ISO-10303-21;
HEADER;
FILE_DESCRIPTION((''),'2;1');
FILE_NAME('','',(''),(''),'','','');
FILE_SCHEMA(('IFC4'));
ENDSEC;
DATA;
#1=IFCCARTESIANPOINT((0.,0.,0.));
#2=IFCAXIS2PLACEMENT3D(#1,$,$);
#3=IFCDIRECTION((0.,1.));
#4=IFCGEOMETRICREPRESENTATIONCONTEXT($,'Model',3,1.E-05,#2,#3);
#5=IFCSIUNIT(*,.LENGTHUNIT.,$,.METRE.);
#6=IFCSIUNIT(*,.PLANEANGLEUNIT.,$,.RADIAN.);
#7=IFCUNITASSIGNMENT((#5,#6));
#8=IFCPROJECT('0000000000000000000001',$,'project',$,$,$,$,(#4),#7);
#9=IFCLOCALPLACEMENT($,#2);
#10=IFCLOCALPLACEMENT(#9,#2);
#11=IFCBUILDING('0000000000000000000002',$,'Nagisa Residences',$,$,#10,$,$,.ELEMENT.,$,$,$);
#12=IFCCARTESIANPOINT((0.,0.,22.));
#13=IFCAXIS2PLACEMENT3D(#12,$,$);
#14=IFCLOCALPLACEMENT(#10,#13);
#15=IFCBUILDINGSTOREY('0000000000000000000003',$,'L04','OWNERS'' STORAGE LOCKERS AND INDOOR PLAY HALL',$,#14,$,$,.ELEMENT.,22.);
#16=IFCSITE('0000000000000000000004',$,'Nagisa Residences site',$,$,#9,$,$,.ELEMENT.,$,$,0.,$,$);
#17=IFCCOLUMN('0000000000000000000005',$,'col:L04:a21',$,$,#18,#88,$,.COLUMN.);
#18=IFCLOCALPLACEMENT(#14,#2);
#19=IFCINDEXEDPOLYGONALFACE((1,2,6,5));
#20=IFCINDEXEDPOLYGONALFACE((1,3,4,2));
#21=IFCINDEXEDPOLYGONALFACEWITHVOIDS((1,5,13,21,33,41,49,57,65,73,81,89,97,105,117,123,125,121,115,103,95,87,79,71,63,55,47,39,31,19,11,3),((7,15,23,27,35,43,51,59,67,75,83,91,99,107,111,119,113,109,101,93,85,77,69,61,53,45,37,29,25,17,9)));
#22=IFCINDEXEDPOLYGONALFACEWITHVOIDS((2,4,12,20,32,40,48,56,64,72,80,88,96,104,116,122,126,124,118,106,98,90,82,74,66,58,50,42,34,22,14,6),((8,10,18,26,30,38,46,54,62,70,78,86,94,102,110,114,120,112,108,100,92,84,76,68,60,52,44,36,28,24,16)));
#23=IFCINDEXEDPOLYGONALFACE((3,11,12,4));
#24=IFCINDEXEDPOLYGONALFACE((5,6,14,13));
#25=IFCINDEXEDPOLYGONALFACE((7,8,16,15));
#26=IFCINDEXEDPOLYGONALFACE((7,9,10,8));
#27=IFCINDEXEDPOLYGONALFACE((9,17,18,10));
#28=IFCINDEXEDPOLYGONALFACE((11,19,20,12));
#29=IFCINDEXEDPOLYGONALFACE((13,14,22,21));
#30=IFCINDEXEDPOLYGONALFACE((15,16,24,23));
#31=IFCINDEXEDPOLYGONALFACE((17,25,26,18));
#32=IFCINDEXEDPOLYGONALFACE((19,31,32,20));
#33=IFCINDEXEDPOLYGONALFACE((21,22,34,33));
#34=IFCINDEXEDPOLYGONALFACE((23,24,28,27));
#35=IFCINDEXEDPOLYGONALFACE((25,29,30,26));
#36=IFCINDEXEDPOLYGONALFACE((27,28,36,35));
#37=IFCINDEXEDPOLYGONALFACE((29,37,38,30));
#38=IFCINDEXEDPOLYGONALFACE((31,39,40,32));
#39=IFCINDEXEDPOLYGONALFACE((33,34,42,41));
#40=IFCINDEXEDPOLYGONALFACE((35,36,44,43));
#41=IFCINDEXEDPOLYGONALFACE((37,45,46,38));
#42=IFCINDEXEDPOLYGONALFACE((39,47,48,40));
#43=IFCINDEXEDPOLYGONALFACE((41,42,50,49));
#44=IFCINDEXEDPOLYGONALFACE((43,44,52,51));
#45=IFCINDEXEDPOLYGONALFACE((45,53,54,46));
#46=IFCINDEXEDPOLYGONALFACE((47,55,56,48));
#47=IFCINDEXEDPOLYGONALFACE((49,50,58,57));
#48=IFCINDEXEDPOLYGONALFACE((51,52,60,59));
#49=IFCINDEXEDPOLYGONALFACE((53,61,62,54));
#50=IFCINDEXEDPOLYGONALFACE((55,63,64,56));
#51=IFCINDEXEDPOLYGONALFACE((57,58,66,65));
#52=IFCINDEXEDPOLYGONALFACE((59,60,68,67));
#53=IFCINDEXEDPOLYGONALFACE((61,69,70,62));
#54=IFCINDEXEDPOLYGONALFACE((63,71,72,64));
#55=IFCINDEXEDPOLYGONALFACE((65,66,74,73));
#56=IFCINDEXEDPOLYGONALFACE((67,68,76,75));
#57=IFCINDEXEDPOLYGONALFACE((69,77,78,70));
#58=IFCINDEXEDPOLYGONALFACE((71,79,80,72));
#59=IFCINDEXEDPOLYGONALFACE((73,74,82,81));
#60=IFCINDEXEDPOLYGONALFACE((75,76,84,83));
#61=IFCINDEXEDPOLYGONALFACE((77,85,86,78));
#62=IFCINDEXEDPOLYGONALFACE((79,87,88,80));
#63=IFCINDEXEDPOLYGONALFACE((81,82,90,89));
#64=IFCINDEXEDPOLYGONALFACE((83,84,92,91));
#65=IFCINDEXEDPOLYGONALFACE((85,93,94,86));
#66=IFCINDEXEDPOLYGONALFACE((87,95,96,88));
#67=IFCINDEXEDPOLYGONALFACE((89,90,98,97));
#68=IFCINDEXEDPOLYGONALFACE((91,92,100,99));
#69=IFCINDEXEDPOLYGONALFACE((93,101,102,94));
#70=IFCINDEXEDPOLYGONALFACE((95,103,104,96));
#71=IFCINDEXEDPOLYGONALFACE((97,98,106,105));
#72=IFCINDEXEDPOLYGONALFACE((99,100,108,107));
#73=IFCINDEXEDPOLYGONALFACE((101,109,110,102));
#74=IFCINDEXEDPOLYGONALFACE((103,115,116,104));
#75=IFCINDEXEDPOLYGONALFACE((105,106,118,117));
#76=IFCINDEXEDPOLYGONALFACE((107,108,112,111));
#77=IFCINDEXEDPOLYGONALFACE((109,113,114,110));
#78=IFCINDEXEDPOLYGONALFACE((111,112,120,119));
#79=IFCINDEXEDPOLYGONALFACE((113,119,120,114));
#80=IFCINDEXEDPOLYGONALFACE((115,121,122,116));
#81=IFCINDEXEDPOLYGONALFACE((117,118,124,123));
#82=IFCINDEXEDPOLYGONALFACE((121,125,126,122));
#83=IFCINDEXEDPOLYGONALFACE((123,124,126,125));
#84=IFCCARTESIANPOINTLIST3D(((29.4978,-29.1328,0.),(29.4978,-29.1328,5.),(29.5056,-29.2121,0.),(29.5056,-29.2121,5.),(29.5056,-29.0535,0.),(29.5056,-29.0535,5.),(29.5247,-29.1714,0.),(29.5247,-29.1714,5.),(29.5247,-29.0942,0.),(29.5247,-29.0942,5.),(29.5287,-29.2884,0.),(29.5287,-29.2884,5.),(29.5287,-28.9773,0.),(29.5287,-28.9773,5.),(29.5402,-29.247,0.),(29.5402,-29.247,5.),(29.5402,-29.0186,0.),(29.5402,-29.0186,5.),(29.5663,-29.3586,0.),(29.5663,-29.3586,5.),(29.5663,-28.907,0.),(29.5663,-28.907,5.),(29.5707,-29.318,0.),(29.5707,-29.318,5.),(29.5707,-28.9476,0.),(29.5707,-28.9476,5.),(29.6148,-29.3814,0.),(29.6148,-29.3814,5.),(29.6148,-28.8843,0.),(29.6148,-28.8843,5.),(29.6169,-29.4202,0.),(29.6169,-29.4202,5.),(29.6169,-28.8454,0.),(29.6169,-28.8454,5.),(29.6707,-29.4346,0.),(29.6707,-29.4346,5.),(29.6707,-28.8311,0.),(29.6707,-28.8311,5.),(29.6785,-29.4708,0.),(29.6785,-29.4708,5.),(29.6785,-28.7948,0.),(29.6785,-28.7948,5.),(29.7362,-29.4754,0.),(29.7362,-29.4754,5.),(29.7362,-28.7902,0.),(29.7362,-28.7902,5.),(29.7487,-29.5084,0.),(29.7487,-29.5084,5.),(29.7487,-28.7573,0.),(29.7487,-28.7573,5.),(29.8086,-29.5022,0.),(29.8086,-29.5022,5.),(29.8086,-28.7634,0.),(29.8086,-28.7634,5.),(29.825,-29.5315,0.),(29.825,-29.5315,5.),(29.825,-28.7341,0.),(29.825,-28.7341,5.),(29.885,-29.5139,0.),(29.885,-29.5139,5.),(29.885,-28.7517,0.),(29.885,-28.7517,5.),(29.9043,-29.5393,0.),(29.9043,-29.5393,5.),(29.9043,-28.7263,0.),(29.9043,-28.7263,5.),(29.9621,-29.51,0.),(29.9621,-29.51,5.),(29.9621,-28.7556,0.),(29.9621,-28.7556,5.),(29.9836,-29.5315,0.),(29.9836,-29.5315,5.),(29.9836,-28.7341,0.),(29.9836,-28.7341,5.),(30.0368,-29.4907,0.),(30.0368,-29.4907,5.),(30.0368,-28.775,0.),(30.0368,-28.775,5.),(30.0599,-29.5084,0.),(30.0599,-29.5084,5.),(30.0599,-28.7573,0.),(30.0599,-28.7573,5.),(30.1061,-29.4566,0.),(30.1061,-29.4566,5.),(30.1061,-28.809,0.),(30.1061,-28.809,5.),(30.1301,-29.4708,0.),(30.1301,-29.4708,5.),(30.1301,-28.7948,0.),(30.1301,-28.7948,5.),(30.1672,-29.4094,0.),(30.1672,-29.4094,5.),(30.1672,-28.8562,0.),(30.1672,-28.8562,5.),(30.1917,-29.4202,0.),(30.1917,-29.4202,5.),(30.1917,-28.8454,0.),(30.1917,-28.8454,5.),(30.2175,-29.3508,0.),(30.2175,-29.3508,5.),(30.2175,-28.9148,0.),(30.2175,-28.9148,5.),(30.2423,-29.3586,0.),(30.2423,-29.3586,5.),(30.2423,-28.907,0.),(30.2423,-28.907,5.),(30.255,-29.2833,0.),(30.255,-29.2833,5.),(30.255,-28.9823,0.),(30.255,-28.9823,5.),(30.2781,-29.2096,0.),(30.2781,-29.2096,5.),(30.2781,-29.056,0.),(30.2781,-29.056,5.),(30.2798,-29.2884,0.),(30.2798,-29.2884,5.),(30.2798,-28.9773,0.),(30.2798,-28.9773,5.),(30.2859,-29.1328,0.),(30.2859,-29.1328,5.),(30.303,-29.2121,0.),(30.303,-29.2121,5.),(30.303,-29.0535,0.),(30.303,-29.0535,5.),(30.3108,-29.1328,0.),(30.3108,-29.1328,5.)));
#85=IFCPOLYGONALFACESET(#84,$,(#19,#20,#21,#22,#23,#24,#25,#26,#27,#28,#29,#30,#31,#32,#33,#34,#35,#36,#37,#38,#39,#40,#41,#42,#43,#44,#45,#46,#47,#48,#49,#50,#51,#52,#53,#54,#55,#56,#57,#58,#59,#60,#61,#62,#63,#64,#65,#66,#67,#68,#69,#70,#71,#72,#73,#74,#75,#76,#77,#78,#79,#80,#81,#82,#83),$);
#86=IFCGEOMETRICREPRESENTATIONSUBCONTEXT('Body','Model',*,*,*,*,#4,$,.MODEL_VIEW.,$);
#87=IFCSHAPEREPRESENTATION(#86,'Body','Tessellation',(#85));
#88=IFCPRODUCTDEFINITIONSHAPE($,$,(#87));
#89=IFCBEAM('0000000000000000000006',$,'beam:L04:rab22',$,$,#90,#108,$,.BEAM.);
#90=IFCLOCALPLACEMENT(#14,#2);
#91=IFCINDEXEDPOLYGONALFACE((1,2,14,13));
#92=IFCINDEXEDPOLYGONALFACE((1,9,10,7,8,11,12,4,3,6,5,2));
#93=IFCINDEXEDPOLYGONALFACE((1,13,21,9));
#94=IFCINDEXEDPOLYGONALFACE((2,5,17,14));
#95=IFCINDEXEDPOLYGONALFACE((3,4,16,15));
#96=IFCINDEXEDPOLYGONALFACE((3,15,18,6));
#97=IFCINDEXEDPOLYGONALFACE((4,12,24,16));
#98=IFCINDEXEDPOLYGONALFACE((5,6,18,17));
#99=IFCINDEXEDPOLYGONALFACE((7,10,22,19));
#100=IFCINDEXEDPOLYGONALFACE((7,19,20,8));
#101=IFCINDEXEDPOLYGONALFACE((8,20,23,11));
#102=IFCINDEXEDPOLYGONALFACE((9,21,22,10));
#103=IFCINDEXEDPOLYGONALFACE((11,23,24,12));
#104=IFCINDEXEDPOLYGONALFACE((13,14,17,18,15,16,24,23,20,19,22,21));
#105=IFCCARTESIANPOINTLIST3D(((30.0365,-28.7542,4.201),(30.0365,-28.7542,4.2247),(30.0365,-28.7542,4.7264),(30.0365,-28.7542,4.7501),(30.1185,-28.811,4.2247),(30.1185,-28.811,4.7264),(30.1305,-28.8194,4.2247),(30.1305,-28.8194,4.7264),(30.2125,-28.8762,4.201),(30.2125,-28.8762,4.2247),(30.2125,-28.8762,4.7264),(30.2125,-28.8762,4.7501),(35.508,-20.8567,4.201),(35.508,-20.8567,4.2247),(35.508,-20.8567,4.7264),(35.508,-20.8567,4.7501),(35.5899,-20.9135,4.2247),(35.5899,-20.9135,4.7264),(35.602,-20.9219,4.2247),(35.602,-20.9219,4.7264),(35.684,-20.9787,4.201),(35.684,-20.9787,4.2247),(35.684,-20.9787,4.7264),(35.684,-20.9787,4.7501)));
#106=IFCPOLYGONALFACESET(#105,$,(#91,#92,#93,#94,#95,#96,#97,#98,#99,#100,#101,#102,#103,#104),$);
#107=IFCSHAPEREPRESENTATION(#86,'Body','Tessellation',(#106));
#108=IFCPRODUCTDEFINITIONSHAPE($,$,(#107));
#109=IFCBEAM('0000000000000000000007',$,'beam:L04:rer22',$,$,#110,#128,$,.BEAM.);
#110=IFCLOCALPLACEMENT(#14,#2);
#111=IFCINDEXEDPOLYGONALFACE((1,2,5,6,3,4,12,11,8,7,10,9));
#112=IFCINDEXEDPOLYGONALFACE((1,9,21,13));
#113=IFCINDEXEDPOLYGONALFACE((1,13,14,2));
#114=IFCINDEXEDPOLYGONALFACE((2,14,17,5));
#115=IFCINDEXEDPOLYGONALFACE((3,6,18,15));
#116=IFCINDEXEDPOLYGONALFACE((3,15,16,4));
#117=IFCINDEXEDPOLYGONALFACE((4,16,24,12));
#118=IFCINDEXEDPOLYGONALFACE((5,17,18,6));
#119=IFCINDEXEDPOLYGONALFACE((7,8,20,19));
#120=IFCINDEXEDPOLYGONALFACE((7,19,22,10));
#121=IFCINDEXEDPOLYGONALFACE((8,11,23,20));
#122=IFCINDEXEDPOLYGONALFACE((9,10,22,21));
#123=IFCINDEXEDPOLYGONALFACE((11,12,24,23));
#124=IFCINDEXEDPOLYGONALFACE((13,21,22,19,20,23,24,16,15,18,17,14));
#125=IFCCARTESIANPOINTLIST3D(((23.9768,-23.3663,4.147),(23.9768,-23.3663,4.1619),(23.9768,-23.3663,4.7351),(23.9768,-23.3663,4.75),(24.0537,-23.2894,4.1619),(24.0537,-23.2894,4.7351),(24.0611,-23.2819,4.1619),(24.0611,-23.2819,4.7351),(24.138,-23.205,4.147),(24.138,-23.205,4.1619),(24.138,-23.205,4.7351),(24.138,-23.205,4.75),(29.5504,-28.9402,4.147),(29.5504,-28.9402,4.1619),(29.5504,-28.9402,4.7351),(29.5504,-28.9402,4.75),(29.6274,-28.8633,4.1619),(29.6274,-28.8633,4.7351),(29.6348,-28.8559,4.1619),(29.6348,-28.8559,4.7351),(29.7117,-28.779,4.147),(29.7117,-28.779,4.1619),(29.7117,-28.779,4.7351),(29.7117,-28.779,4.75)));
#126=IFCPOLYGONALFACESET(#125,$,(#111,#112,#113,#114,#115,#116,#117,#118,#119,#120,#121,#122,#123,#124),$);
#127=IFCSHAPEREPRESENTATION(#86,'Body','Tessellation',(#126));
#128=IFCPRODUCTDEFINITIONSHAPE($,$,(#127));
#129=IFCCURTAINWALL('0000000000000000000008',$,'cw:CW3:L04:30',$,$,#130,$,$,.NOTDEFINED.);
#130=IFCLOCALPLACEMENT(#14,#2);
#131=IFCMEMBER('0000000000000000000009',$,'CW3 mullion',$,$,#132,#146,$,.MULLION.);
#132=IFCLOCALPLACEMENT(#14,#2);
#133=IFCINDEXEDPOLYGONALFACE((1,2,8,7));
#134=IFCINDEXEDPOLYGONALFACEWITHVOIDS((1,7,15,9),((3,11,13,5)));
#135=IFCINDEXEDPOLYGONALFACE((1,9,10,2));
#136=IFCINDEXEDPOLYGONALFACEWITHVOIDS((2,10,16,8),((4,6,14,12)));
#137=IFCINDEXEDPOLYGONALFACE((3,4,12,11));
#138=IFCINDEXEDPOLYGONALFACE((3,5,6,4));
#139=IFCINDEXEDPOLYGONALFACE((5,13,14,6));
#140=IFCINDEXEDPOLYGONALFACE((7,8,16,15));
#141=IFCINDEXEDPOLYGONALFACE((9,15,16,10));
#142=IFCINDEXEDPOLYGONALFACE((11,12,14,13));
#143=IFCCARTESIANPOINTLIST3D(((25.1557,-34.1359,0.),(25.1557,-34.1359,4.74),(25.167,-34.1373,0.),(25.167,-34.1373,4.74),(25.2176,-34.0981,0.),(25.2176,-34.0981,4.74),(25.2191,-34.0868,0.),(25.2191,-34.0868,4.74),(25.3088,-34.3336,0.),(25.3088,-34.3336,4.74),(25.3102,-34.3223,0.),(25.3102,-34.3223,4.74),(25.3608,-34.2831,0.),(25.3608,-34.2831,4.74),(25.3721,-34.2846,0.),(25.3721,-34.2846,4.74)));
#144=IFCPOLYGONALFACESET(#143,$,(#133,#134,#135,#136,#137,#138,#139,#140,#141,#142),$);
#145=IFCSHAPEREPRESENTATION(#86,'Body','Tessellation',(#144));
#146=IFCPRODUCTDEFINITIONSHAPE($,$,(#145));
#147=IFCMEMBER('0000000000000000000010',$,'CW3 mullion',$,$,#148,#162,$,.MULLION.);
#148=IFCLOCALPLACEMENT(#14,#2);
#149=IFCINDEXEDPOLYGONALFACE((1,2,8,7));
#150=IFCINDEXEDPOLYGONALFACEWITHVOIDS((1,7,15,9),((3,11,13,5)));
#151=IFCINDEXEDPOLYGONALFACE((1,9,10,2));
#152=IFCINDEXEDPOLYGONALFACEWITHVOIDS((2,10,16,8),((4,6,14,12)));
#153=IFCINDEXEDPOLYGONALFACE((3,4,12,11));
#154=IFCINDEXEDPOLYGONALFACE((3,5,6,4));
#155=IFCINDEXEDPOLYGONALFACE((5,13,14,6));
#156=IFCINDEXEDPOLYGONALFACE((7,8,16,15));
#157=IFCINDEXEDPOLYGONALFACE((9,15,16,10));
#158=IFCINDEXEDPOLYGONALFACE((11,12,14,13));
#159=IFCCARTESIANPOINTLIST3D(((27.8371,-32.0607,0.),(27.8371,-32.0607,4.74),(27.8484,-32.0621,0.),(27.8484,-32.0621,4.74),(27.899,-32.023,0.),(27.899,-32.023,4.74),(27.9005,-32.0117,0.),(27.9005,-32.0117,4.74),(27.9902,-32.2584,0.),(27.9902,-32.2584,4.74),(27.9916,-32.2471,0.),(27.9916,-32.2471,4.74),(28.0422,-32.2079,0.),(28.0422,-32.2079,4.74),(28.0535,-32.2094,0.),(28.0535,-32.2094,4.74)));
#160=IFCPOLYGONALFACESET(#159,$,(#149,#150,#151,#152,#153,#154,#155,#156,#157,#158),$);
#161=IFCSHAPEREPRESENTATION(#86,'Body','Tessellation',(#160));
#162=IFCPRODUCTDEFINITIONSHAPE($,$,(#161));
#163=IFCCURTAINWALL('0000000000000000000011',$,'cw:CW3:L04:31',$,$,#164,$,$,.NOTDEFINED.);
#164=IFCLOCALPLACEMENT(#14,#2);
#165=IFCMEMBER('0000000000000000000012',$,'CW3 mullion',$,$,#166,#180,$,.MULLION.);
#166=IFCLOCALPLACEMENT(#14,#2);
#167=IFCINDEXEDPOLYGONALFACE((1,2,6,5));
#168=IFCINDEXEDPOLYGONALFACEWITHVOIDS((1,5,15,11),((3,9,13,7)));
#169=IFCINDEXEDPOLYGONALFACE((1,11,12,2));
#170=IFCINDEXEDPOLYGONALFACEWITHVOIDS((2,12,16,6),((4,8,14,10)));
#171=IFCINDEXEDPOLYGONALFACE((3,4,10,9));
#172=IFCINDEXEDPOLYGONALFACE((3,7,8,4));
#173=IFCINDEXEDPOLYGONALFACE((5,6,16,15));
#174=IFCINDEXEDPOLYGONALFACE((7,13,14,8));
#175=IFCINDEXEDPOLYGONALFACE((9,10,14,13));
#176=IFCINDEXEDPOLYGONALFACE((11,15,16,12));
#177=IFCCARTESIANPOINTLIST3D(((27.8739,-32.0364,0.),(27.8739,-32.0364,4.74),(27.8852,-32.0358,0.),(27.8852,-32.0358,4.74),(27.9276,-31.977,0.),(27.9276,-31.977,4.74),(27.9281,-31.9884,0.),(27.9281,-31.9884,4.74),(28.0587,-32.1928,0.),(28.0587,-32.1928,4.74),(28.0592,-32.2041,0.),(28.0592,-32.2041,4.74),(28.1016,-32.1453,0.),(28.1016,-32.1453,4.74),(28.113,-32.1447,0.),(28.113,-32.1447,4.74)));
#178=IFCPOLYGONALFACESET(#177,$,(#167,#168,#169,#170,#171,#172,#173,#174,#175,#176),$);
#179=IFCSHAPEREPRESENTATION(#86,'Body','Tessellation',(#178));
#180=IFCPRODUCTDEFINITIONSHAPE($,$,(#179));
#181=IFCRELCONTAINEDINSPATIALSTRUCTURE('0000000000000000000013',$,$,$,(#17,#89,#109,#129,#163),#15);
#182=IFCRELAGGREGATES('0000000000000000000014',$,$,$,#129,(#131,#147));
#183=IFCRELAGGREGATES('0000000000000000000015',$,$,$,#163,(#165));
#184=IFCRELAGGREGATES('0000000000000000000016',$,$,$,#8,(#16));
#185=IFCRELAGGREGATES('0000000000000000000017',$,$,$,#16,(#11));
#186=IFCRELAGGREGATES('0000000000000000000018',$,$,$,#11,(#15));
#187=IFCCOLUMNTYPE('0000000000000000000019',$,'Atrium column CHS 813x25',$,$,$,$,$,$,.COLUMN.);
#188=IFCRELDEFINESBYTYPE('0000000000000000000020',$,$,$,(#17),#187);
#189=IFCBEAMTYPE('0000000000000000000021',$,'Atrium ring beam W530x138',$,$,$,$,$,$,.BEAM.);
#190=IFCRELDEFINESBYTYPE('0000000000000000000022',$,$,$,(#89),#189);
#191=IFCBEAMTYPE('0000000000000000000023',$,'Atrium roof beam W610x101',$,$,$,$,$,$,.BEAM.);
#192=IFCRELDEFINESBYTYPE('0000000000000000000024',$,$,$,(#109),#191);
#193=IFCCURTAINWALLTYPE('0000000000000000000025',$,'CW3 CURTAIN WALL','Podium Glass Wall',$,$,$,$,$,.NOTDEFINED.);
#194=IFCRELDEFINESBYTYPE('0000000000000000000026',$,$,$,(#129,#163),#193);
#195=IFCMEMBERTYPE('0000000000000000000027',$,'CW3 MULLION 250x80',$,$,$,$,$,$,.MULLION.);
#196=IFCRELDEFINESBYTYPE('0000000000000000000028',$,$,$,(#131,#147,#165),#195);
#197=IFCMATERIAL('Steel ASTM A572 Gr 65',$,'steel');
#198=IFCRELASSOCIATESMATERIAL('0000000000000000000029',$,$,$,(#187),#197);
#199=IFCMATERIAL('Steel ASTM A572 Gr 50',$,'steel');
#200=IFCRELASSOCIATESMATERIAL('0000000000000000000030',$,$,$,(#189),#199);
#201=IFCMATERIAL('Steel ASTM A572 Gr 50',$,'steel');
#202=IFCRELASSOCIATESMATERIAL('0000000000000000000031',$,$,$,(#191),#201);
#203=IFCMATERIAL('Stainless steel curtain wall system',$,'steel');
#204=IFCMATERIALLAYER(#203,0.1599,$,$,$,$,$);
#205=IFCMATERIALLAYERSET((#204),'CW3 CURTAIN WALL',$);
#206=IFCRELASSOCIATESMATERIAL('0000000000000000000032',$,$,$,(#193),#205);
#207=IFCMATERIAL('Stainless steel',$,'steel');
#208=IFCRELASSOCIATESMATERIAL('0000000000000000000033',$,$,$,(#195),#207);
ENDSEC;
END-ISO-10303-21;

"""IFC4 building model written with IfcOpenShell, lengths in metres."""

from ifc_helpers import new_model, si_unit, direction, frame, origin, origin_2d, place, context, subcontext, project, spatial, hollow_rectangle, hollow_circle, i_section, extrude, material, layer, layer_set, material_profile, profile_set, type_object, element, aggregate, save


model = new_model("IFC4")

# Units and contexts
model_context = context("Model", 3, precision=1e-05, world=origin(), true_north=direction((0.0, 1.0)))
body_context = subcontext(model_context, "Body", "Model", "MODEL_VIEW")
ifc_project = project(units=[si_unit("LENGTHUNIT", "METRE"), si_unit("PLANEANGLEUNIT", "RADIAN")], contexts=[model_context])

# Site, building, storey
site_placement = place(None, origin())
site = spatial("IfcSite", under=ifc_project, at=site_placement, Name="Nagisa Residences site", CompositionType="ELEMENT", RefElevation=0.0)
building_placement = place(site_placement, origin())
building = spatial("IfcBuilding", under=site, at=building_placement, Name="Nagisa Residences", CompositionType="ELEMENT")
storey_placement = place(building_placement, frame((0.0, 0.0, 22.0)))
storey = spatial("IfcBuildingStorey", under=building, at=storey_placement, Name="L04", Description="OWNERS' STORAGE LOCKERS AND INDOOR PLAY HALL", CompositionType="ELEMENT", Elevation=22.0)

# Column
ifc_material_1 = material(Name="Steel ASTM A572 Gr 65", Category="steel")
ifc_material_profile_1 = material_profile(ifc_material_1, hollow_circle(Radius=0.4065, WallThickness=0.0249, at=origin_2d()), Name="CHS 813x25")
ifc_profile_set_1 = profile_set([ifc_material_profile_1], Name="Steel ASTM A572 Gr 65")
column_type = type_object("IfcColumnType", Name="Atrium column CHS 813x25", PredefinedType="COLUMN", material=ifc_profile_set_1)
column_placement = place(storey_placement, frame((29.9043, -29.1328, 0.0), z_axis=(0.0, 0.0, 1.0), x_axis=(1.0, 0.0, 0.0)))
element("IfcColumn", 1, at=column_placement, inside=storey, type_object=column_type, Name="col:L04:a21", PredefinedType="COLUMN", context=body_context, shape_type="SweptSolid", body=[
    extrude(hollow_circle(Radius=0.4065, WallThickness=0.0249, at=origin_2d()), origin(), (0.0, 0.0, 1.0), 5.0),
])

# Beams
ifc_material_2 = material(Name="Steel ASTM A572 Gr 50", Category="steel")
ifc_material_profile_2 = material_profile(ifc_material_2, i_section(OverallWidth=0.2141, OverallDepth=0.5491, WebThickness=0.0146, FlangeThickness=0.0237, at=origin_2d()), Name="W530x138")
ifc_profile_set_2 = profile_set([ifc_material_profile_2], Name="Steel ASTM A572 Gr 50")
beam_type_1 = type_object("IfcBeamType", Name="Atrium ring beam W530x138", PredefinedType="BEAM", material=ifc_profile_set_2)
beam_1_placement = place(storey_placement, frame((30.1245, -28.8152, 4.4756), z_axis=(0.569489, 0.821999, 0.0), x_axis=(-0.821999, 0.569489, 0.0)))
element("IfcBeam", 2, at=beam_1_placement, inside=storey, type_object=beam_type_1, Name="beam:L04:rab22", PredefinedType="BEAM", context=body_context, shape_type="SweptSolid", body=[
    extrude(i_section(OverallWidth=0.2141, OverallDepth=0.5491, WebThickness=0.0146, FlangeThickness=0.0237, at=origin_2d()), origin(), (0.0, 0.0, 1.0), 9.6077),
])
ifc_material_3 = material(Name="Steel ASTM A572 Gr 50", Category="steel")
ifc_material_profile_3 = material_profile(ifc_material_3, i_section(OverallWidth=0.228, OverallDepth=0.603, WebThickness=0.0105, FlangeThickness=0.0149, at=origin_2d()), Name="W610x101")
ifc_profile_set_3 = profile_set([ifc_material_profile_3], Name="Steel ASTM A572 Gr 50")
beam_type_2 = type_object("IfcBeamType", Name="Atrium roof beam W610x101", PredefinedType="BEAM", material=ifc_profile_set_3)
beam_2_placement = place(storey_placement, frame((24.0574, -23.2856, 4.4485), z_axis=(0.707091, -0.707122, 0.0), x_axis=(0.707122, 0.707091, 0.0)))
element("IfcBeam", 3, at=beam_2_placement, inside=storey, type_object=beam_type_2, Name="beam:L04:rer22", PredefinedType="BEAM", context=body_context, shape_type="SweptSolid", body=[
    extrude(i_section(OverallWidth=0.228, OverallDepth=0.603, WebThickness=0.0105, FlangeThickness=0.0149, at=origin_2d()), origin(), (0.0, 0.0, 1.0), 7.8826),
])

# Curtain walls, members
ifc_material_4 = material(Name="Stainless steel curtain wall system", Category="steel")
ifc_layer_1 = layer(ifc_material_4, 0.1599)
ifc_layer_set_1 = layer_set([ifc_layer_1], Name="CW3 CURTAIN WALL")
curtain_wall_type_1 = type_object("IfcCurtainWallType", Name="CW3 CURTAIN WALL", Description="Podium Glass Wall", PredefinedType="NOTDEFINED", material=ifc_layer_set_1)
curtain_wall_1_placement = place(storey_placement, origin())
curtain_wall_1 = element("IfcCurtainWall", 4, at=curtain_wall_1_placement, inside=storey, type_object=curtain_wall_type_1, Name="cw:CW3:L04:30", PredefinedType="NOTDEFINED")
ifc_material_5 = material(Name="Stainless steel", Category="steel")
ifc_material_profile_4 = material_profile(ifc_material_5, hollow_rectangle(XDim=0.25, YDim=0.0801, WallThickness=0.0081, at=origin_2d()), Name="CW3 MULLION 250x80")
ifc_profile_set_4 = profile_set([ifc_material_profile_4], Name="Stainless steel")
member_type_1 = type_object("IfcMemberType", Name="CW3 MULLION 250x80", PredefinedType="MULLION", material=ifc_profile_set_4)
member_1_placement = place(storey_placement, frame((25.2639, -34.2102, 0.0), z_axis=(0.0, 0.0, 1.0), x_axis=(-0.612035, 0.790831, 0.0)))
member_1 = element("IfcMember", 5, at=member_1_placement, type_object=member_type_1, Name="CW3 mullion", PredefinedType="MULLION", context=body_context, shape_type="SweptSolid", body=[
    extrude(hollow_rectangle(XDim=0.25, YDim=0.0801, WallThickness=0.0081, at=origin_2d()), origin(), (0.0, 0.0, 1.0), 4.74),
])
member_2_placement = place(storey_placement, frame((27.9453, -32.135, 0.0), z_axis=(0.0, 0.0, 1.0), x_axis=(-0.612035, 0.790831, 0.0)))
member_2 = element("IfcMember", 6, at=member_2_placement, type_object=member_type_1, Name="CW3 mullion", PredefinedType="MULLION", context=body_context, shape_type="SweptSolid", body=[
    extrude(hollow_rectangle(XDim=0.25, YDim=0.0801, WallThickness=0.0081, at=origin_2d()), origin(), (0.0, 0.0, 1.0), 4.74),
])
curtain_wall_2_placement = place(storey_placement, origin())
curtain_wall_2 = element("IfcCurtainWall", 7, at=curtain_wall_2_placement, inside=storey, type_object=curtain_wall_type_1, Name="cw:CW3:L04:31", PredefinedType="NOTDEFINED")
member_3_placement = place(storey_placement, frame((27.9934, -32.0906, 0.0), z_axis=(0.0, 0.0, 1.0), x_axis=(-0.741536, 0.670913, 0.0)))
member_3 = element("IfcMember", 8, at=member_3_placement, type_object=member_type_1, Name="CW3 mullion", PredefinedType="MULLION", context=body_context, shape_type="SweptSolid", body=[
    extrude(hollow_rectangle(XDim=0.25, YDim=0.0801, WallThickness=0.0081, at=origin_2d()), origin(), (0.0, 0.0, 1.0), 4.74),
])

aggregate(curtain_wall_1, [member_1, member_2])
aggregate(curtain_wall_2, [member_3])

save(model, "model.ifc")
